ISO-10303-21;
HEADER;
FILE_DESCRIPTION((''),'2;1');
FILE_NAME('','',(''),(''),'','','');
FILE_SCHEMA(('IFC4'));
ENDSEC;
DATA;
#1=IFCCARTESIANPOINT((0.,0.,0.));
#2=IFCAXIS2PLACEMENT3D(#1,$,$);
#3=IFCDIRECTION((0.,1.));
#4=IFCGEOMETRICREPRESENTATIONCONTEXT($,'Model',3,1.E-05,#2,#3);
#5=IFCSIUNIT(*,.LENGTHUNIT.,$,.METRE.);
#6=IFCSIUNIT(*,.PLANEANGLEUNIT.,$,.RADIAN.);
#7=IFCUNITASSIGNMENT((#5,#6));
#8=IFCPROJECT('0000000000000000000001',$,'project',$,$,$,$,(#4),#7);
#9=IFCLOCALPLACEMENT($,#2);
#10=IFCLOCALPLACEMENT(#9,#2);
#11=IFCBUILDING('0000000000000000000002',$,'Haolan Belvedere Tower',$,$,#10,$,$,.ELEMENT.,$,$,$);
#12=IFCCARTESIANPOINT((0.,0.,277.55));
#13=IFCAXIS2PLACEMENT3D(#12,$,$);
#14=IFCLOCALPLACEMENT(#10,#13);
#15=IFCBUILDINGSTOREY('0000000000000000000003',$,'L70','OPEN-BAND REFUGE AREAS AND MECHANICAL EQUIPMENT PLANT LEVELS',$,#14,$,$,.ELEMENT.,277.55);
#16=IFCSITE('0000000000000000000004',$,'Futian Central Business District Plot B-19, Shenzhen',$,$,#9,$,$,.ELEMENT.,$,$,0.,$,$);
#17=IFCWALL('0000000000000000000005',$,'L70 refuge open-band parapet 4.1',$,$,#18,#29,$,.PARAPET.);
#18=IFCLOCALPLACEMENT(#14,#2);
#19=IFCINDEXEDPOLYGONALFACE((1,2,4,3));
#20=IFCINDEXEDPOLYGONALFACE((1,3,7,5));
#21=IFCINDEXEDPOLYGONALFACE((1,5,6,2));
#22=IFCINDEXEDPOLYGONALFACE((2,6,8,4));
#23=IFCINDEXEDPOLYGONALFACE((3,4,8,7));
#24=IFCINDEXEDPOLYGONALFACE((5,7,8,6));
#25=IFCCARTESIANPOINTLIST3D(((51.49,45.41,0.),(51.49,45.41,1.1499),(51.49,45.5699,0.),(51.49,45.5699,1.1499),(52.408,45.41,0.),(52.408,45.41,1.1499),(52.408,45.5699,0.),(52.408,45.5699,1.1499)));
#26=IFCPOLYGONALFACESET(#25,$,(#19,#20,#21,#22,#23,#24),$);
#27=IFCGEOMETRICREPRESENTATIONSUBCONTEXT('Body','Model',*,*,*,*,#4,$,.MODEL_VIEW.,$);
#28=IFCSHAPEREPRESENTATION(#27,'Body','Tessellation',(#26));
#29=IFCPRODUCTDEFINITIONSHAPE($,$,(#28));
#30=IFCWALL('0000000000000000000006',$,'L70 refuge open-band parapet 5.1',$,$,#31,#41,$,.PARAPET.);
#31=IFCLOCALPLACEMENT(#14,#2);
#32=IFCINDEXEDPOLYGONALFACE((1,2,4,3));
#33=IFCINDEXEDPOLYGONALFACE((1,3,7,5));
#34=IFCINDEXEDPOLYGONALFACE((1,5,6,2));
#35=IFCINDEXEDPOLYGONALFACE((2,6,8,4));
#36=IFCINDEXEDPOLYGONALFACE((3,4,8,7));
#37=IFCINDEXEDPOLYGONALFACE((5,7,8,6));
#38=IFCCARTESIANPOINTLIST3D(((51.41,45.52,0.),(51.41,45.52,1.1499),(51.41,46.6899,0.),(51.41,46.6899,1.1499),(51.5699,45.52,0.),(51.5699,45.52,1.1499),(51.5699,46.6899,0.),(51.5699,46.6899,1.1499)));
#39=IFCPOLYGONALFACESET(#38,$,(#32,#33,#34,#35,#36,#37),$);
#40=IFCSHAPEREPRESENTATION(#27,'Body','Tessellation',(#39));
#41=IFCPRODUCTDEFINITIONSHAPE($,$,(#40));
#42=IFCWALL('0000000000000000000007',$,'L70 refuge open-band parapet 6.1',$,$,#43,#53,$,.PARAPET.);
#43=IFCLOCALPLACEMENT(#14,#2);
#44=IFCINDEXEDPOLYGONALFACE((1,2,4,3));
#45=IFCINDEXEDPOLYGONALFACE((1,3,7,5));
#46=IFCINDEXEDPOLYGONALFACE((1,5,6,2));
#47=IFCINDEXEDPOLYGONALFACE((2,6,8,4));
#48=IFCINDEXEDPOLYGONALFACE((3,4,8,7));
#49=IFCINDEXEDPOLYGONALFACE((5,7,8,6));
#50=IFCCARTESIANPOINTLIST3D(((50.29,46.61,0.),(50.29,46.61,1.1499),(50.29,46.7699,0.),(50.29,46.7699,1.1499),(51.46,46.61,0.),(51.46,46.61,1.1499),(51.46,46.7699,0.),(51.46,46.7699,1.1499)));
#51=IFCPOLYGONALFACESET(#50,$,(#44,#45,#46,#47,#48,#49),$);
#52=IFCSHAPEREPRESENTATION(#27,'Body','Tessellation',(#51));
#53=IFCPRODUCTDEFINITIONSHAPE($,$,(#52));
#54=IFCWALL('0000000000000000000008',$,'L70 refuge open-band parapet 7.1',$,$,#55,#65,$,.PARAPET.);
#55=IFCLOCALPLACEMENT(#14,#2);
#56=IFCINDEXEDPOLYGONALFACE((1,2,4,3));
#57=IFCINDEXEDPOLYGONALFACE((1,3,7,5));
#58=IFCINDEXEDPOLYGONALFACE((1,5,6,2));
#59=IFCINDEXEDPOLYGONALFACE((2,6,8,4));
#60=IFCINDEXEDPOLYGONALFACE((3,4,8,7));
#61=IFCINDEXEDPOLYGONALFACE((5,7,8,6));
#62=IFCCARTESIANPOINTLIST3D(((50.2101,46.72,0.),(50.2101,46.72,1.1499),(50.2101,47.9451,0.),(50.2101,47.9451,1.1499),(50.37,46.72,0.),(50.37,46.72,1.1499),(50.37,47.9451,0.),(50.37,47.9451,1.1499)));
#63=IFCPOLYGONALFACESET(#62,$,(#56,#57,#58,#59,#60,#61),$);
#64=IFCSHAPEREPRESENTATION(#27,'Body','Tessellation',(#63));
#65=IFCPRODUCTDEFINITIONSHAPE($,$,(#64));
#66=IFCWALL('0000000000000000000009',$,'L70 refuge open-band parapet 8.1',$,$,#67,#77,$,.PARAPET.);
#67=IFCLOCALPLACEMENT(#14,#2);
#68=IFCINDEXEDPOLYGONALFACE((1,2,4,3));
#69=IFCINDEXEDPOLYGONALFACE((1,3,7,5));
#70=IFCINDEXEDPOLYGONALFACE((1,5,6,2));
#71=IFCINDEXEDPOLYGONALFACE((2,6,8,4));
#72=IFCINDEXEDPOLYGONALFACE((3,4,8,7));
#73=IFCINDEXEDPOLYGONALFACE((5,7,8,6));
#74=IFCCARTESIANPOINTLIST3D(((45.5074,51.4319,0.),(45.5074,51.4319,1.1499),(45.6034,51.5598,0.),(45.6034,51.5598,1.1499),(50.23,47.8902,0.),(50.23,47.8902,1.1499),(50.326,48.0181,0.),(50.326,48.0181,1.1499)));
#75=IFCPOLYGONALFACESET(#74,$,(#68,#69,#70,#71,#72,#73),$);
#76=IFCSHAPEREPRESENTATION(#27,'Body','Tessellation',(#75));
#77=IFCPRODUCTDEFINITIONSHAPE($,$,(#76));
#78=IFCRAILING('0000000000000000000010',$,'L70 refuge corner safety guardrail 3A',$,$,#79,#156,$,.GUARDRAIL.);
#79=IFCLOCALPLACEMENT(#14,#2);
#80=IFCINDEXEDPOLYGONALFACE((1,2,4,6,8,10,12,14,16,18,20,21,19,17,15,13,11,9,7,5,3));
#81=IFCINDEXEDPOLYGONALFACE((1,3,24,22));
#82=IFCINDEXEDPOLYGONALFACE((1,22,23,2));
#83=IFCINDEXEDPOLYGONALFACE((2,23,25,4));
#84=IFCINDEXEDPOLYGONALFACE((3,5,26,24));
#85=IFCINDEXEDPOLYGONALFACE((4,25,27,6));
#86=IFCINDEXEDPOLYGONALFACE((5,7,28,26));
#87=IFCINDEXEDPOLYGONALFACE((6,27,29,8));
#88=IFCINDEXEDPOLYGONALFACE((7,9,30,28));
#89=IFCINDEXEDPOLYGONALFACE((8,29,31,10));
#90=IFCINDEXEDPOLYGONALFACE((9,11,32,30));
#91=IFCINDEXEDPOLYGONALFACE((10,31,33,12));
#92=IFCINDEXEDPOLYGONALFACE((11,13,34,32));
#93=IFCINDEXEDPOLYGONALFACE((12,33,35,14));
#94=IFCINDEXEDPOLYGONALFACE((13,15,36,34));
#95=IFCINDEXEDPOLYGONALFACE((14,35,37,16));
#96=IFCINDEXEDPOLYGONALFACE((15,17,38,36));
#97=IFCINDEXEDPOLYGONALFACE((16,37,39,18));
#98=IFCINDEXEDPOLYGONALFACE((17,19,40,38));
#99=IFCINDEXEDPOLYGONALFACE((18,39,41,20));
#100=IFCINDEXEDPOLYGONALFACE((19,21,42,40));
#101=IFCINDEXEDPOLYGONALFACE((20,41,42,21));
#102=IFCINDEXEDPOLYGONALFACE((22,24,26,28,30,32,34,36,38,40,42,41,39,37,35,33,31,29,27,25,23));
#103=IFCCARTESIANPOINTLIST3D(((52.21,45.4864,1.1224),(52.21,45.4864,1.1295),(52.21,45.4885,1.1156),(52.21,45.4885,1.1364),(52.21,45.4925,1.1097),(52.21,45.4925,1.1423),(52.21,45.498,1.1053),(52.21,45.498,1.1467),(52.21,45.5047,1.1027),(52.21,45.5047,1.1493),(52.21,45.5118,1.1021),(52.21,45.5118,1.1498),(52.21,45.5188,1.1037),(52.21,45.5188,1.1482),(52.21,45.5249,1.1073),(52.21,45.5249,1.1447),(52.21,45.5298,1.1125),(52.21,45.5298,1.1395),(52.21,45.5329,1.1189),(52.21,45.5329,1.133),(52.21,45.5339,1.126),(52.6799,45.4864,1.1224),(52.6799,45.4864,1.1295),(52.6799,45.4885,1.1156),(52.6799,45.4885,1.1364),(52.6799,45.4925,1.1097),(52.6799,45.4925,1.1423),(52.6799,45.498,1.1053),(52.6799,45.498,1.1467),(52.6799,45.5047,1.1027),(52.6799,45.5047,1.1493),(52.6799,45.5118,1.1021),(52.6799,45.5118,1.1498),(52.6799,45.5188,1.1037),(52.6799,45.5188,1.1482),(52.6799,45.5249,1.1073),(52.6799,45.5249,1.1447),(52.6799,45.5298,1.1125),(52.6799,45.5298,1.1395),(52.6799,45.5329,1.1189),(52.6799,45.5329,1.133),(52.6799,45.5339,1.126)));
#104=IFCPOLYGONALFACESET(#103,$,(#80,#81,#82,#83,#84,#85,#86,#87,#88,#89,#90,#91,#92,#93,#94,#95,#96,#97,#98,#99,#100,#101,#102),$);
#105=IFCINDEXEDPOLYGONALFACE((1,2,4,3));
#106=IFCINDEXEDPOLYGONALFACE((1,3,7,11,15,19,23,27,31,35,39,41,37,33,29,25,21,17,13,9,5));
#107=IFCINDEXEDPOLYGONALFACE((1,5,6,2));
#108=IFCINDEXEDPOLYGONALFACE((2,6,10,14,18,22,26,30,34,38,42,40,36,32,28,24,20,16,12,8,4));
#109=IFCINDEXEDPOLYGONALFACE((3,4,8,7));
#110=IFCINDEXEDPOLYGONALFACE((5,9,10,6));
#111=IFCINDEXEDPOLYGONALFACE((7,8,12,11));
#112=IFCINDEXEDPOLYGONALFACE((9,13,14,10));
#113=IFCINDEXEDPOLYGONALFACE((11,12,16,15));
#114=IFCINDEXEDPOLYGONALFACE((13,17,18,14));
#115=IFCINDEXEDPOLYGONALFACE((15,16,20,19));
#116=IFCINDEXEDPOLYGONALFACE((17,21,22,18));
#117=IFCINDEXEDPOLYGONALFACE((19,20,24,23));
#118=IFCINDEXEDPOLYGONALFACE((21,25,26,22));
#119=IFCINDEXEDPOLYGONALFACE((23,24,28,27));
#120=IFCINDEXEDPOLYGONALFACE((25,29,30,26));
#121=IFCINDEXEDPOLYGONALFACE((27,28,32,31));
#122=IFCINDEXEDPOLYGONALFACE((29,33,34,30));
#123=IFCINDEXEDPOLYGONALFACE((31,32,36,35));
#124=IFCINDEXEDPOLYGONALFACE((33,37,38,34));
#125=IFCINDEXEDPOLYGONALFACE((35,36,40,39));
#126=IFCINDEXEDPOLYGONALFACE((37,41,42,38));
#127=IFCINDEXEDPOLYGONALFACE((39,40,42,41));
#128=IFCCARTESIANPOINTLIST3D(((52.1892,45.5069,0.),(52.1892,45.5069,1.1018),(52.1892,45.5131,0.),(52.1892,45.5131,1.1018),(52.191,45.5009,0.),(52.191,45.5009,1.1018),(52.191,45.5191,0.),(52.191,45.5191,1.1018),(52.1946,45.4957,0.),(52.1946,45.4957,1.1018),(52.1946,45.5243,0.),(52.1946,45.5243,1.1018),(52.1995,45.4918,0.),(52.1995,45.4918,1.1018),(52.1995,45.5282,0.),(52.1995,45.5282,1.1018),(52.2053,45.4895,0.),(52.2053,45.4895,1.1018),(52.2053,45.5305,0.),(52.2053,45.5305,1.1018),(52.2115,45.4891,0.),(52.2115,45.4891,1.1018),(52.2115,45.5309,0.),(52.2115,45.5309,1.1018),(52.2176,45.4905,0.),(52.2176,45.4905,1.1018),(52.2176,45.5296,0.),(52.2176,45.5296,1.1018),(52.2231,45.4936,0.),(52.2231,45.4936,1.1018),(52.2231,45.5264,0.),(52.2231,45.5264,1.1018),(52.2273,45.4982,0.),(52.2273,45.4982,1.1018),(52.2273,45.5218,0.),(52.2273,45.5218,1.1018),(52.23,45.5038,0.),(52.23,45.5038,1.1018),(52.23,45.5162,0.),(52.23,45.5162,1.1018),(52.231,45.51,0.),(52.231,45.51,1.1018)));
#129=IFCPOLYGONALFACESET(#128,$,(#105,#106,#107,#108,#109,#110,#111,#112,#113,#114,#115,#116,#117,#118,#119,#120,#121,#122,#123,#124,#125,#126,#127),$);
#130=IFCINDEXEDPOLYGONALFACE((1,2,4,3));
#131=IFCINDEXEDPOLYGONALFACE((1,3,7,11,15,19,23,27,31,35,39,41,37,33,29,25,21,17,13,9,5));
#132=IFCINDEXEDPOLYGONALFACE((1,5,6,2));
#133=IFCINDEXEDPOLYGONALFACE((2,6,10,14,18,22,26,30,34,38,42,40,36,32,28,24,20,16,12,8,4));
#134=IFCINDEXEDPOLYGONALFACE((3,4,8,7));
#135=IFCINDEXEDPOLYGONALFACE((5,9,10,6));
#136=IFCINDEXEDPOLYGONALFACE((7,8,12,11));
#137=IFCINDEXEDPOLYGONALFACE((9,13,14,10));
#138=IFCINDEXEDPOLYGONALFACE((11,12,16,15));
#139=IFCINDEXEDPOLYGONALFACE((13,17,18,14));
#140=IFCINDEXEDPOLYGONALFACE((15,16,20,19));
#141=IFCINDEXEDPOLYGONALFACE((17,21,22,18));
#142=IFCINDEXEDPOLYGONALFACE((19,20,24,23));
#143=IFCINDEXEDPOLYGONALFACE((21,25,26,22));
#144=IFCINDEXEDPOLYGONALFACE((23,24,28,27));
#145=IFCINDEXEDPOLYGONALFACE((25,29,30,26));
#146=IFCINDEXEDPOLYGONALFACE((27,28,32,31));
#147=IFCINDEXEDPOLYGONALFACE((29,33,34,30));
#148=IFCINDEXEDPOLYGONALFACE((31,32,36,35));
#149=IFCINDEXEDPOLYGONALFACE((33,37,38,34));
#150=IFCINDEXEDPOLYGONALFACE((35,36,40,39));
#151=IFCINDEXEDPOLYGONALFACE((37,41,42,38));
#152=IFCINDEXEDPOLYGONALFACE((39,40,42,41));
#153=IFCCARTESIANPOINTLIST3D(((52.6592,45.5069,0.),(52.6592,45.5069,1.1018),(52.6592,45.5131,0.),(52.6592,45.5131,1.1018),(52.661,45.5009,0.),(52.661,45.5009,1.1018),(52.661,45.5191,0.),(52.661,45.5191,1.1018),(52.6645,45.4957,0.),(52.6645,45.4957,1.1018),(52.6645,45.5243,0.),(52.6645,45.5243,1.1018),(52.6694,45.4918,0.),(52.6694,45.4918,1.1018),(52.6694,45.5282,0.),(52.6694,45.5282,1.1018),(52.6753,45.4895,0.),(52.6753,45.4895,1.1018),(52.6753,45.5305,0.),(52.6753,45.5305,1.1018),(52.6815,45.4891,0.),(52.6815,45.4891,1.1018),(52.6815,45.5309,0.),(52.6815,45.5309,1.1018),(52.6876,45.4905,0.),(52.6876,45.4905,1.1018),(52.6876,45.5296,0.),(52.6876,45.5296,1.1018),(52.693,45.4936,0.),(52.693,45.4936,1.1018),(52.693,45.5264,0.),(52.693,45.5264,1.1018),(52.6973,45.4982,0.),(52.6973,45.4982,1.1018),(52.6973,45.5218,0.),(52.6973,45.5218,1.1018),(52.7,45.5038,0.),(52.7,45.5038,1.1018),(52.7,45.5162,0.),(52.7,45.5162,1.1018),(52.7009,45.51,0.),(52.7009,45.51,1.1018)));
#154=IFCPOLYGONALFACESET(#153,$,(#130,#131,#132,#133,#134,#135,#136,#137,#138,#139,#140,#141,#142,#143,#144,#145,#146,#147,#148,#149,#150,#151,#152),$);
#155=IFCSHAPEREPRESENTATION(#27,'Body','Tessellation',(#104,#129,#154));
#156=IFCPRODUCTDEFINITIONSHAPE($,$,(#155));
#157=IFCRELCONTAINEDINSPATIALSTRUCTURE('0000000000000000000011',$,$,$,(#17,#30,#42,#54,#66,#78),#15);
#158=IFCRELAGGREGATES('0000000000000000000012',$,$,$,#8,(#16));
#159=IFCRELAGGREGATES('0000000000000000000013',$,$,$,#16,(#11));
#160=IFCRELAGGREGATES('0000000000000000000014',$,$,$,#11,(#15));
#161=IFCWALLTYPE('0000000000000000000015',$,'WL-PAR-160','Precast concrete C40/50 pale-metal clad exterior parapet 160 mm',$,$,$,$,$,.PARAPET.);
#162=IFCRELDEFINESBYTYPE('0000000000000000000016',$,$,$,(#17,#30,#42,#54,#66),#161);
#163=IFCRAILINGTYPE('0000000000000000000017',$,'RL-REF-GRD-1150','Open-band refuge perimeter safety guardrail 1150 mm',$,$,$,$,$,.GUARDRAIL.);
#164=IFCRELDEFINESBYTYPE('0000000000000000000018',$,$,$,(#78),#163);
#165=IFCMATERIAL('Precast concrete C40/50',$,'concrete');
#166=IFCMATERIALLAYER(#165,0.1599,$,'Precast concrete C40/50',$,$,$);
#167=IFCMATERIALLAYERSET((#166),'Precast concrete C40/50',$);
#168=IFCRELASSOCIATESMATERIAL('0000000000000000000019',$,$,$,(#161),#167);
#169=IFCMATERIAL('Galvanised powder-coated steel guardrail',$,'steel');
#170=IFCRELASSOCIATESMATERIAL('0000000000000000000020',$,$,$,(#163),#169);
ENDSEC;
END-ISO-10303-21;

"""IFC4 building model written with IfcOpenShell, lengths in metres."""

from ifc_helpers import new_model, si_unit, direction, frame, frame_2d, origin, origin_2d, place, context, subcontext, project, spatial, rectangle, circle, extrude, material, layer, layer_set, type_object, element, save


model = new_model("IFC4")

# Units and contexts
model_context = context("Model", 3, precision=1e-05, world=origin(), true_north=direction((0.0, 1.0)))
body_context = subcontext(model_context, "Body", "Model", "MODEL_VIEW")
ifc_project = project(units=[si_unit("LENGTHUNIT", "METRE"), si_unit("PLANEANGLEUNIT", "RADIAN")], contexts=[model_context])

# Site, building, storey
site_placement = place(None, origin())
site = spatial("IfcSite", under=ifc_project, at=site_placement, Name="Futian Central Business District Plot B-19, Shenzhen", CompositionType="ELEMENT", RefElevation=0.0)
building_placement = place(site_placement, origin())
building = spatial("IfcBuilding", under=site, at=building_placement, Name="Haolan Belvedere Tower", CompositionType="ELEMENT")
storey_placement = place(building_placement, frame((0.0, 0.0, 277.55)))
storey = spatial("IfcBuildingStorey", under=building, at=storey_placement, Name="L70", Description="OPEN-BAND REFUGE AREAS AND MECHANICAL EQUIPMENT PLANT LEVELS", CompositionType="ELEMENT", Elevation=277.55)

# Walls
ifc_material_1 = material(Name="Precast concrete C40/50", Category="concrete")
ifc_layer_1 = layer(ifc_material_1, 0.1599, Name="Precast concrete C40/50")
ifc_layer_set_1 = layer_set([ifc_layer_1], Name="Precast concrete C40/50")
wall_type_1 = type_object("IfcWallType", Name="WL-PAR-160", Description="Precast concrete C40/50 pale-metal clad exterior parapet 160 mm", PredefinedType="PARAPET", material=ifc_layer_set_1)
wall_1_placement = place(storey_placement, frame((52.408, 45.49, 0.0), z_axis=(0.0, 0.0, 1.0), x_axis=(-1.0, 0.0, 0.0)))
element("IfcWall", 1, at=wall_1_placement, inside=storey, type_object=wall_type_1, Name="L70 refuge open-band parapet 4.1", PredefinedType="PARAPET", context=body_context, shape_type="SweptSolid", body=[
    extrude(rectangle(XDim=0.918, YDim=0.1599, at=frame_2d((0.459, 0.0))), origin(), (0.0, 0.0, 1.0), 1.1499),
])
for number, where, z_axis, x_axis, name in (
    (2, (51.49, 45.52, 0.0), (0.0, 0.0, 1.0), (0.0, 1.0, 0.0), "L70 refuge open-band parapet 5.1"),
    (3, (51.46, 46.6899, 0.0), (0.0, 0.0, 1.0), (-1.0, 0.0, 0.0), "L70 refuge open-band parapet 6.1"),
):
    element("IfcWall", number, at=place(storey_placement, frame(where, z_axis=z_axis, x_axis=x_axis)), inside=storey, type_object=wall_type_1, Name=name, PredefinedType="PARAPET", context=body_context, shape_type="SweptSolid", body=[
        extrude(rectangle(XDim=1.1699, YDim=0.1599, at=frame_2d((0.585, 0.0))), origin(), (0.0, 0.0, 1.0), 1.1499),
    ])
wall_2_placement = place(storey_placement, frame((50.29, 46.72, 0.0), z_axis=(0.0, 0.0, 1.0), x_axis=(0.0, 1.0, 0.0)))
element("IfcWall", 4, at=wall_2_placement, inside=storey, type_object=wall_type_1, Name="L70 refuge open-band parapet 7.1", PredefinedType="PARAPET", context=body_context, shape_type="SweptSolid", body=[
    extrude(rectangle(XDim=1.2251, YDim=0.1599, at=frame_2d((0.6125, 0.0))), origin(), (0.0, 0.0, 1.0), 1.1499),
])
wall_3_placement = place(storey_placement, frame((50.2781, 47.9541, 0.0), z_axis=(0.0, 0.0, 1.0), x_axis=(-0.80002, 0.599974, 0.0)))
element("IfcWall", 5, at=wall_3_placement, inside=storey, type_object=wall_type_1, Name="L70 refuge open-band parapet 8.1", PredefinedType="PARAPET", context=body_context, shape_type="SweptSolid", body=[
    extrude(rectangle(XDim=5.9031, YDim=0.1599, at=frame_2d((2.9517, 0.0))), origin(), (0.0, 0.0, 1.0), 1.1499),
])

# Railing
ifc_material_2 = material(Name="Galvanised powder-coated steel guardrail", Category="steel")
railing_type = type_object("IfcRailingType", Name="RL-REF-GRD-1150", Description="Open-band refuge perimeter safety guardrail 1150 mm", PredefinedType="GUARDRAIL", material=ifc_material_2)
railing_1_placement = place(storey_placement, frame((52.21, 45.51, 0.0)))
element("IfcRailing", 6, at=railing_1_placement, inside=storey, type_object=railing_type, Name="L70 refuge corner safety guardrail 3A", PredefinedType="GUARDRAIL", context=body_context, shape_type="SweptSolid", body=[
    extrude(circle(Radius=0.0239, at=origin_2d()), frame((0.0, 0.0, 1.126), z_axis=(1.0, 0.0, 0.0), x_axis=(0.0, 1.0, 0.0)), (0.0, 0.0, 1.0), 0.47),
    extrude(circle(Radius=0.021, at=origin_2d()), origin(), (0.0, 0.0, 1.0), 1.1018),
    extrude(circle(Radius=0.021, at=origin_2d()), frame((0.47, 0.0, 0.0)), (0.0, 0.0, 1.0), 1.1018),
])

save(model, "model.ifc")
